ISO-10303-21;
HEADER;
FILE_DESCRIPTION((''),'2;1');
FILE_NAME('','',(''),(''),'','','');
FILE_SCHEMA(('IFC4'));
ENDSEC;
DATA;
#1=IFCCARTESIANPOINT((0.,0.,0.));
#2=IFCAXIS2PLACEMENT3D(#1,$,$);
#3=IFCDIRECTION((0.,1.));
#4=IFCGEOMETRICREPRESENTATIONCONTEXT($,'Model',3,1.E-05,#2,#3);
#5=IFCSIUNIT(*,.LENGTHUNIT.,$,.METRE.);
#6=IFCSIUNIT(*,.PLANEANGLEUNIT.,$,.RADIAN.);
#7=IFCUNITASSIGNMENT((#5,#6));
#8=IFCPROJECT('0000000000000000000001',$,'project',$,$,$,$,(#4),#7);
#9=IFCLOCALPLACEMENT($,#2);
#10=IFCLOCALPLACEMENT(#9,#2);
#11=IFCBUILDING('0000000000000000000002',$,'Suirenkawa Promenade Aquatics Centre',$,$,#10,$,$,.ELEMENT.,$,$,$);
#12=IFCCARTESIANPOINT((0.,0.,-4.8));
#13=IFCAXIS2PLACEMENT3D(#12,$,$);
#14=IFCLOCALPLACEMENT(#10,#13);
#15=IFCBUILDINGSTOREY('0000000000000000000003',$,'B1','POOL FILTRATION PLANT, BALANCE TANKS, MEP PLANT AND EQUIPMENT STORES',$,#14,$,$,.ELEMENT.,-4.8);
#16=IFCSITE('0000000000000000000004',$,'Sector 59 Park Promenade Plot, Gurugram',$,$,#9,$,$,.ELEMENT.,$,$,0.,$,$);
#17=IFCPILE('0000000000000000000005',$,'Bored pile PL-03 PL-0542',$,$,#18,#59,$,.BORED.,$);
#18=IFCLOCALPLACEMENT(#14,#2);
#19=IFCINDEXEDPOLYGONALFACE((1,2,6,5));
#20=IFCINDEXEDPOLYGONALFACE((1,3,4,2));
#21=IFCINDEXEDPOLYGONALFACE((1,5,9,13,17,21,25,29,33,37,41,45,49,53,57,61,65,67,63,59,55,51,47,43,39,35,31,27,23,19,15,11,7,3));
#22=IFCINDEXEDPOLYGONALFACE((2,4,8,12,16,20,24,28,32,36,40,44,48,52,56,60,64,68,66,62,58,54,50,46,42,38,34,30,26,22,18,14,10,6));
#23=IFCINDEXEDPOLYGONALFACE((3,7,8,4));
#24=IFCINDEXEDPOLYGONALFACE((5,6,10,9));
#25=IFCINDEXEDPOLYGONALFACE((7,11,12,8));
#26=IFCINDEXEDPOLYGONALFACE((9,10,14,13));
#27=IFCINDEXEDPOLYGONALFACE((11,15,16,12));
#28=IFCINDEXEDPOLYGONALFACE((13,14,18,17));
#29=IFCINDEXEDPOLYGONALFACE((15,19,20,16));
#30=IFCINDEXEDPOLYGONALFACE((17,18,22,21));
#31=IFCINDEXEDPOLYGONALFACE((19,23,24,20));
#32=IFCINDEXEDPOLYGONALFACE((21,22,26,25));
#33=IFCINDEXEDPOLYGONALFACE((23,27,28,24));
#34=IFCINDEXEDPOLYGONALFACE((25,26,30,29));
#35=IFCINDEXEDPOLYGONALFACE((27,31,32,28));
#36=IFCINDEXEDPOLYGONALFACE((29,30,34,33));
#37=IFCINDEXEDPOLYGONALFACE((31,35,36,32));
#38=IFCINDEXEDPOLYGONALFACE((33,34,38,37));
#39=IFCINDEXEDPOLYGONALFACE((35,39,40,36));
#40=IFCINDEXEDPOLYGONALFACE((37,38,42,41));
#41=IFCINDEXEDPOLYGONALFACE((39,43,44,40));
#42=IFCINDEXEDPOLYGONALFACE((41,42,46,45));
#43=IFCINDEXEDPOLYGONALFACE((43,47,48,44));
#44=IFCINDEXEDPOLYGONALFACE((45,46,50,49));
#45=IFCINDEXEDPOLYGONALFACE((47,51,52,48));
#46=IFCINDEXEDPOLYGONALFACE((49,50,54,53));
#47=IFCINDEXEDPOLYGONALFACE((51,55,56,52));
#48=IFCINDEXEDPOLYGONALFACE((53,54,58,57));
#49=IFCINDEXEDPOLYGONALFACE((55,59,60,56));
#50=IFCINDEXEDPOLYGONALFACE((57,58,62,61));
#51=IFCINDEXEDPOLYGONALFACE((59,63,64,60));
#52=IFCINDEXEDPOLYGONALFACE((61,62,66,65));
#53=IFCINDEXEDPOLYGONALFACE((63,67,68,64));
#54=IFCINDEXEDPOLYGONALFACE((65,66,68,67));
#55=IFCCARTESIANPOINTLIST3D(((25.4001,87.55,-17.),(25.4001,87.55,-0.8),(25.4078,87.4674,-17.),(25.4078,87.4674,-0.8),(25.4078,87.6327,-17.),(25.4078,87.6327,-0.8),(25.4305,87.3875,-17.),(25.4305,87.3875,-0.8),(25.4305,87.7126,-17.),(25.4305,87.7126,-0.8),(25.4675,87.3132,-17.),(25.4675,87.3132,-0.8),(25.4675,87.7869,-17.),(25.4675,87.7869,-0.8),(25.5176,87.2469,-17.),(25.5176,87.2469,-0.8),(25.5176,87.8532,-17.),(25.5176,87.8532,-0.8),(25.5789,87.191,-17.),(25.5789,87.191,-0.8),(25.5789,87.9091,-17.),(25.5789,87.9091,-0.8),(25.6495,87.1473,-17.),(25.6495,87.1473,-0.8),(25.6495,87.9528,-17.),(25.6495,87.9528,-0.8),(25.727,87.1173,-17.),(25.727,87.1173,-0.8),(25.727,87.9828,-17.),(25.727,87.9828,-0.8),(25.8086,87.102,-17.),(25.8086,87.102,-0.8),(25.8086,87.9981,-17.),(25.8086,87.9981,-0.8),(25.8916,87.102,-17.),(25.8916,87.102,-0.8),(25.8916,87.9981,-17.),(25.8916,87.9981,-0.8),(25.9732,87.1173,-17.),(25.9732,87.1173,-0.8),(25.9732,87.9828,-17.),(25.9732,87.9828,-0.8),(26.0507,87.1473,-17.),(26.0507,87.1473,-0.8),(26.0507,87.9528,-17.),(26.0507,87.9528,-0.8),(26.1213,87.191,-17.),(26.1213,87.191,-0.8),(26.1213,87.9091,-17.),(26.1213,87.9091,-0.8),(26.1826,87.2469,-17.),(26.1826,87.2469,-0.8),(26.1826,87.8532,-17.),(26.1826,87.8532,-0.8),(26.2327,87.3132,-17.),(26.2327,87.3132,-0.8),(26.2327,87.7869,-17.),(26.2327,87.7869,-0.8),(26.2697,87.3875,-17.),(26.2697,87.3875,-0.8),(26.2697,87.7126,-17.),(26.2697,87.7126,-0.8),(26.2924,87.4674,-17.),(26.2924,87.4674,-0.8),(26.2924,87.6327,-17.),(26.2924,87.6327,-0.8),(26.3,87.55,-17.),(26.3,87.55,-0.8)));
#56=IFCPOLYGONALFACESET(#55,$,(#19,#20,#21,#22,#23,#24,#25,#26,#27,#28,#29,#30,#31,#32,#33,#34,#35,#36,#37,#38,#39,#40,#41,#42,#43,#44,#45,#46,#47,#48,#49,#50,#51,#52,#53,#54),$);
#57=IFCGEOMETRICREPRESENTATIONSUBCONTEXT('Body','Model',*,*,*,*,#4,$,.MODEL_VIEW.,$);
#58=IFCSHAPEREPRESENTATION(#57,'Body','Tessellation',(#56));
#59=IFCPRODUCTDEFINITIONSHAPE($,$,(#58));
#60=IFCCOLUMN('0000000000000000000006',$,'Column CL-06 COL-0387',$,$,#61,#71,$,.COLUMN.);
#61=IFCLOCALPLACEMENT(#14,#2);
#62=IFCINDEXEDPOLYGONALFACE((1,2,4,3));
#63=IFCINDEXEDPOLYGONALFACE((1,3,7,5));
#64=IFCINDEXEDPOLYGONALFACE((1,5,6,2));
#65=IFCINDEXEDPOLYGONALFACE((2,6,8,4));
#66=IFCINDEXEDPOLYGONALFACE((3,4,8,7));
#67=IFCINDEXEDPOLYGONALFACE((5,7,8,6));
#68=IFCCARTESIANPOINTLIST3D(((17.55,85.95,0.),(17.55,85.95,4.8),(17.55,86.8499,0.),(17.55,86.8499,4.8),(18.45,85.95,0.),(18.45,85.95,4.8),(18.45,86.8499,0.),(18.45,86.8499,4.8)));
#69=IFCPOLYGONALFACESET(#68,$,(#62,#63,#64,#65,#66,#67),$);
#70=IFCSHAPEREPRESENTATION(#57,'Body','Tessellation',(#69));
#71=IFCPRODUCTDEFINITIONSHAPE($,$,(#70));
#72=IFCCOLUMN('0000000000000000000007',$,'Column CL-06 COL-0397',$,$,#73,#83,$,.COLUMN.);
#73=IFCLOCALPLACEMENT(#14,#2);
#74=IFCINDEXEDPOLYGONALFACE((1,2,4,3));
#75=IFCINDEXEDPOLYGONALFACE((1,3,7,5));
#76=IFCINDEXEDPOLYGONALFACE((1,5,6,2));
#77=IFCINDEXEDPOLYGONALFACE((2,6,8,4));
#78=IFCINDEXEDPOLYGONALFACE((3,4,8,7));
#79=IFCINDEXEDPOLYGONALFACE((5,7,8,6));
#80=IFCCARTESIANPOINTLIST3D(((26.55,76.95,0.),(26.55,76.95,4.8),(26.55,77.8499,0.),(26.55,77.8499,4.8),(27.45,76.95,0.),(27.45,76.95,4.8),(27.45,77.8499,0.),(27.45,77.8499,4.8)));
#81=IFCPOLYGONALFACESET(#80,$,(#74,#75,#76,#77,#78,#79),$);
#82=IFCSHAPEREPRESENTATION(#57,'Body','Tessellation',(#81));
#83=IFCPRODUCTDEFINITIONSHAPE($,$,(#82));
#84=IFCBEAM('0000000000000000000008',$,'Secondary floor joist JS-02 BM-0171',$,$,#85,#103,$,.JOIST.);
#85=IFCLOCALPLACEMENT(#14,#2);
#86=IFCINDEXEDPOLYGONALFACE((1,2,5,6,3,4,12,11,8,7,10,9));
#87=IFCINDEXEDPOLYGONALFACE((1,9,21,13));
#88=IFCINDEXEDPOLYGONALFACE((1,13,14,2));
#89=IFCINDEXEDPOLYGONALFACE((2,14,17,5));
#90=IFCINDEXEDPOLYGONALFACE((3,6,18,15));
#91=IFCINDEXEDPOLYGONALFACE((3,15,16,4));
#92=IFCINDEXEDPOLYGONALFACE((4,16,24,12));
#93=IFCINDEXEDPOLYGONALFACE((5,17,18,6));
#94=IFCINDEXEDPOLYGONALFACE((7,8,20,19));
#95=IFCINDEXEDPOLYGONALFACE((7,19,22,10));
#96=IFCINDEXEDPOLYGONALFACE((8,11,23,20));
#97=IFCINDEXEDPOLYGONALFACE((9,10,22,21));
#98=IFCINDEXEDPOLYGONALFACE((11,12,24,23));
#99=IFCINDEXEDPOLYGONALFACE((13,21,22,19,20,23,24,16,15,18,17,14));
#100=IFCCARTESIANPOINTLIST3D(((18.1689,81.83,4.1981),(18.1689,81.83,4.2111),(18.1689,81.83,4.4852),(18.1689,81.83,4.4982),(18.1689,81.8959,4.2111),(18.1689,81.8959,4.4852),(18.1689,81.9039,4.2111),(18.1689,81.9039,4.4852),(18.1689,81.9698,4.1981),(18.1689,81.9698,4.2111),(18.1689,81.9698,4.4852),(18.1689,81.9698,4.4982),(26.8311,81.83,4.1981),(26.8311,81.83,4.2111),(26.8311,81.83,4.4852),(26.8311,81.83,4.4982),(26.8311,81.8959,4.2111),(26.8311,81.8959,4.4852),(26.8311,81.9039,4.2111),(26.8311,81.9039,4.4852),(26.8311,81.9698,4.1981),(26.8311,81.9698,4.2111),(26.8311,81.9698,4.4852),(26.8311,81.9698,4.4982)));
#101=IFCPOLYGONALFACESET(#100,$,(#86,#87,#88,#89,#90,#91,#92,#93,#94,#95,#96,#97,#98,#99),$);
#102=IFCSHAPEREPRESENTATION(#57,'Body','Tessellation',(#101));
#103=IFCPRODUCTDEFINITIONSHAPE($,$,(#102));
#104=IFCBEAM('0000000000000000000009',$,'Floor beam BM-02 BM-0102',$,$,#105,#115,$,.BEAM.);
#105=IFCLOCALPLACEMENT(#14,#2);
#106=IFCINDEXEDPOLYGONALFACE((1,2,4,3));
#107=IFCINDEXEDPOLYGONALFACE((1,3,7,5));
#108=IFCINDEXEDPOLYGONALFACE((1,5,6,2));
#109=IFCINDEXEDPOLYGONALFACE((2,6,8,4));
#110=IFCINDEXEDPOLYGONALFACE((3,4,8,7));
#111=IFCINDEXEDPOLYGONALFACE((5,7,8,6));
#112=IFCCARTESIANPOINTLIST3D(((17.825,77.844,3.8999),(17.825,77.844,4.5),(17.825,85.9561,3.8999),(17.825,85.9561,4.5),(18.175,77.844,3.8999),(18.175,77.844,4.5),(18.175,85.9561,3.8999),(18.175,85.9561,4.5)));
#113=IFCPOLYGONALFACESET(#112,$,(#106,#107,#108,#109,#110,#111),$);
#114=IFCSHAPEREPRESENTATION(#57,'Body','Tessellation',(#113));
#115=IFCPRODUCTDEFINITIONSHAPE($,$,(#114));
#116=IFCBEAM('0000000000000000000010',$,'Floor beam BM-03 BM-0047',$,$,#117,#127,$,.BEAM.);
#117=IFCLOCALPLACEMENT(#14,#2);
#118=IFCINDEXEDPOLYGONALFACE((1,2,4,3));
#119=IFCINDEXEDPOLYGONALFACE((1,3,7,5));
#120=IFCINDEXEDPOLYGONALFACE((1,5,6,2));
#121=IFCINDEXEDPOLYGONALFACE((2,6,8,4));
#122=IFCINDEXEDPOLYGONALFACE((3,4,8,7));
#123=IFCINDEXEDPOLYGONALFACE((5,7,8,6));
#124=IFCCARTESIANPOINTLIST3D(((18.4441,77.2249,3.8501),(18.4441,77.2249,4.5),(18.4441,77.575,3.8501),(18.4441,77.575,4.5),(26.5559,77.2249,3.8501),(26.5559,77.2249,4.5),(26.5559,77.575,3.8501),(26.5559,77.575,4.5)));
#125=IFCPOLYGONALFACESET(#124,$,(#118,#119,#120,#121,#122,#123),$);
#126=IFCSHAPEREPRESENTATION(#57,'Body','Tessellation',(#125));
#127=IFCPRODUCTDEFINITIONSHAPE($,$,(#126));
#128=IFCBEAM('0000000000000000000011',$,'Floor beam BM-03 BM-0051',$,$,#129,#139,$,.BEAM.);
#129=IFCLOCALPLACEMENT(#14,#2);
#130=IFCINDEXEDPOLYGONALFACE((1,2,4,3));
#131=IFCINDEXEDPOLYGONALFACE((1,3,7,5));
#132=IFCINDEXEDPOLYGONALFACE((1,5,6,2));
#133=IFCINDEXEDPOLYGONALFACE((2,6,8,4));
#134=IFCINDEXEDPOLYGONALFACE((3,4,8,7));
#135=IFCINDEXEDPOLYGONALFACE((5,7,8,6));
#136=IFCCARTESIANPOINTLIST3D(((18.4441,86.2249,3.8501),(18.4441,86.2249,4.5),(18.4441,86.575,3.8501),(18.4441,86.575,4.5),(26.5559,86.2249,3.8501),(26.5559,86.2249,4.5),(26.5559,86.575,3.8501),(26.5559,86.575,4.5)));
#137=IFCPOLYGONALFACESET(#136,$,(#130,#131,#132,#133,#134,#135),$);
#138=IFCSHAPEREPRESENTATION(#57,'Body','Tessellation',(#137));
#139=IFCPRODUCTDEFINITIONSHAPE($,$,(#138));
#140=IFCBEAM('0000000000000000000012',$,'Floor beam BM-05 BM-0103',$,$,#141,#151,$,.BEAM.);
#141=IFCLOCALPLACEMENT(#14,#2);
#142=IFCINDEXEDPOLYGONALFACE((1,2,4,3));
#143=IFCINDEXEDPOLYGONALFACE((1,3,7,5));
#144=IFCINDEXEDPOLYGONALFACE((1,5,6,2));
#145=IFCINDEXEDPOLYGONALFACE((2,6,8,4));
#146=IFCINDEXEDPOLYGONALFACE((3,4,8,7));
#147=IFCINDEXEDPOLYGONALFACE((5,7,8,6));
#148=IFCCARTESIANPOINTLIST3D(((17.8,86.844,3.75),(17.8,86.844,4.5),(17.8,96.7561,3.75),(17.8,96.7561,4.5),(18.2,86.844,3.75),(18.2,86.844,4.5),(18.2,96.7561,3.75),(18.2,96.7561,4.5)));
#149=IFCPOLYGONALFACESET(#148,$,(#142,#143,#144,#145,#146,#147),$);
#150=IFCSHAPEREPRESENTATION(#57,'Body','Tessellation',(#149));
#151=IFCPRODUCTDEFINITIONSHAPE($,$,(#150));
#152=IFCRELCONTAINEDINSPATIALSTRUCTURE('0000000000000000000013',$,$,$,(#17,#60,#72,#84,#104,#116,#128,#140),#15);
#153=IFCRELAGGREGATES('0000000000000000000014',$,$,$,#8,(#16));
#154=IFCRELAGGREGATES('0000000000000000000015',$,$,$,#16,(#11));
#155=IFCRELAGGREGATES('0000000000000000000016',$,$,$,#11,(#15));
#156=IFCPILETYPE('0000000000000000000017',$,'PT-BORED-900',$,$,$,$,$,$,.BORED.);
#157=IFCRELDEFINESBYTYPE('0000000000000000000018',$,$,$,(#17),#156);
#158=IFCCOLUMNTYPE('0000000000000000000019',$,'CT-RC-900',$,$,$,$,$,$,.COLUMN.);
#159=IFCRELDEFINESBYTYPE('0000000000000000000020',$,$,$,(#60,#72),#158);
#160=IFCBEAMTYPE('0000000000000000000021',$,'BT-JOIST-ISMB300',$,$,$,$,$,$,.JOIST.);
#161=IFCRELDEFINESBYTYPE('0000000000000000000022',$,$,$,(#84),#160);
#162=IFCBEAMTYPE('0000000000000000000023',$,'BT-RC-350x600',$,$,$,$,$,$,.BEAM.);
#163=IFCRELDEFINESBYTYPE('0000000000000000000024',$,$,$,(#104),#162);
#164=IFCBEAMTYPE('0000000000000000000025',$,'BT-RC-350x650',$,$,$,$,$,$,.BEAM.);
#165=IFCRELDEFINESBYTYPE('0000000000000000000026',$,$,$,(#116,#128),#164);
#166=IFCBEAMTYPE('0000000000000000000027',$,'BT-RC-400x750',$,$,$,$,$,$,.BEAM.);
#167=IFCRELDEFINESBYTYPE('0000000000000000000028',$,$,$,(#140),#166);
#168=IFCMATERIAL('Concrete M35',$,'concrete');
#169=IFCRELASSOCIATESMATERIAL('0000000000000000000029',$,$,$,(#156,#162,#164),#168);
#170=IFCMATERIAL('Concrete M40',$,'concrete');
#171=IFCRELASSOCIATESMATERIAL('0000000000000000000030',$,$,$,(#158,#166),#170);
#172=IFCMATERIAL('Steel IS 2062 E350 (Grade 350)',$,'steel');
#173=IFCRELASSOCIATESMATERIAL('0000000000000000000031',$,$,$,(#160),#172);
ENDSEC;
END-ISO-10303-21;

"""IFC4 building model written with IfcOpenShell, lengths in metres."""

from ifc_helpers import new_model, si_unit, direction, frame, origin, origin_2d, place, context, subcontext, project, spatial, rectangle, circle, i_section, extrude, material, material_profile, profile_set, type_object, element, save


model = new_model("IFC4")

# Units and contexts
model_context = context("Model", 3, precision=1e-05, world=origin(), true_north=direction((0.0, 1.0)))
body_context = subcontext(model_context, "Body", "Model", "MODEL_VIEW")
ifc_project = project(units=[si_unit("LENGTHUNIT", "METRE"), si_unit("PLANEANGLEUNIT", "RADIAN")], contexts=[model_context])

# Site, building, storey
site_placement = place(None, origin())
site = spatial("IfcSite", under=ifc_project, at=site_placement, Name="Sector 59 Park Promenade Plot, Gurugram", CompositionType="ELEMENT", RefElevation=0.0)
building_placement = place(site_placement, origin())
building = spatial("IfcBuilding", under=site, at=building_placement, Name="Suirenkawa Promenade Aquatics Centre", CompositionType="ELEMENT")
storey_placement = place(building_placement, frame((0.0, 0.0, -4.8)))
storey = spatial("IfcBuildingStorey", under=building, at=storey_placement, Name="B1", Description="POOL FILTRATION PLANT, BALANCE TANKS, MEP PLANT AND EQUIPMENT STORES", CompositionType="ELEMENT", Elevation=-4.8)

# Shared definitions
ifc_material_1 = material(Name="Concrete M35", Category="concrete")

# Pile
ifc_material_profile_1 = material_profile(ifc_material_1, circle(Radius=0.45, at=origin_2d()), Name="PILE D900", Category="concrete")
ifc_profile_set_1 = profile_set([ifc_material_profile_1], Name="Concrete M35")
pile_type = type_object("IfcPileType", Name="PT-BORED-900", PredefinedType="BORED", material=ifc_profile_set_1)
for number, where, z_axis, x_axis, name in (
    (1, (25.8501, 87.55, -0.8), (0.0, 0.0, -1.0), (1.0, 0.0, 0.0), "Bored pile PL-03 PL-0542"),
):
    element("IfcPile", number, at=place(storey_placement, frame(where, z_axis=z_axis, x_axis=x_axis)), inside=storey, type_object=pile_type, Name=name, PredefinedType="BORED", context=body_context, shape_type="SweptSolid", body=[
        extrude(circle(Radius=0.45, at=origin_2d()), origin(), (0.0, 0.0, 1.0), 16.2),
    ])

# Columns
ifc_material_2 = material(Name="Concrete M40", Category="concrete")
ifc_material_profile_2 = material_profile(ifc_material_2, rectangle(XDim=0.8999, YDim=0.8999, at=origin_2d()), Name="RC COL 900x900", Category="concrete")
ifc_profile_set_2 = profile_set([ifc_material_profile_2], Name="Concrete M40")
column_type = type_object("IfcColumnType", Name="CT-RC-900", PredefinedType="COLUMN", material=ifc_profile_set_2)
for number, where, z_axis, x_axis, name in (
    (2, (18.0, 86.3999, 0.0), (0.0, 0.0, 1.0), (1.0, 0.0, 0.0), "Column CL-06 COL-0387"),
    (3, (27.0, 77.3999, 0.0), (0.0, 0.0, 1.0), (1.0, 0.0, 0.0), "Column CL-06 COL-0397"),
):
    element("IfcColumn", number, at=place(storey_placement, frame(where, z_axis=z_axis, x_axis=x_axis)), inside=storey, type_object=column_type, Name=name, PredefinedType="COLUMN", context=body_context, shape_type="SweptSolid", body=[
        extrude(rectangle(XDim=0.8999, YDim=0.8999, at=origin_2d()), origin(), (0.0, 0.0, 1.0), 4.8),
    ])

# Beams
ifc_material_3 = material(Name="Steel IS 2062 E350 (Grade 350)", Category="steel")
ifc_material_profile_3 = material_profile(ifc_material_3, i_section(OverallWidth=0.1399, OverallDepth=0.3, WebThickness=0.0081, FlangeThickness=0.0129, at=origin_2d()), Name="ISMB 300", Category="steel")
ifc_profile_set_3 = profile_set([ifc_material_profile_3], Name="Steel IS 2062 E350 (Grade 350)")
beam_type_1 = type_object("IfcBeamType", Name="BT-JOIST-ISMB300", PredefinedType="JOIST", material=ifc_profile_set_3)
beam_1_placement = place(storey_placement, frame((18.1689, 81.8999, 4.3481), z_axis=(1.0, 0.0, 0.0), x_axis=(0.0, 1.0, 0.0)))
element("IfcBeam", 4, at=beam_1_placement, inside=storey, type_object=beam_type_1, Name="Secondary floor joist JS-02 BM-0171", PredefinedType="JOIST", context=body_context, shape_type="SweptSolid", body=[
    extrude(i_section(OverallWidth=0.1399, OverallDepth=0.3, WebThickness=0.0081, FlangeThickness=0.0129, at=origin_2d()), origin(), (0.0, 0.0, 1.0), 8.6621),
])
ifc_material_profile_4 = material_profile(ifc_material_1, rectangle(XDim=0.3501, YDim=0.6001, at=origin_2d()), Name="RC BM 350x600", Category="concrete")
ifc_profile_set_4 = profile_set([ifc_material_profile_4], Name="Concrete M35")
beam_type_2 = type_object("IfcBeamType", Name="BT-RC-350x600", PredefinedType="BEAM", material=ifc_profile_set_4)
beam_2_placement = place(storey_placement, frame((18.0, 77.844, 4.2), z_axis=(0.0, 1.0, 0.0), x_axis=(-1.0, 0.0, 0.0)))
element("IfcBeam", 5, at=beam_2_placement, inside=storey, type_object=beam_type_2, Name="Floor beam BM-02 BM-0102", PredefinedType="BEAM", context=body_context, shape_type="SweptSolid", body=[
    extrude(rectangle(XDim=0.3501, YDim=0.6001, at=origin_2d()), origin(), (0.0, 0.0, 1.0), 8.1121),
])
ifc_material_profile_5 = material_profile(ifc_material_1, rectangle(XDim=0.3501, YDim=0.6499, at=origin_2d()), Name="RC BM 350x650", Category="concrete")
ifc_profile_set_5 = profile_set([ifc_material_profile_5], Name="Concrete M35")
beam_type_3 = type_object("IfcBeamType", Name="BT-RC-350x650", PredefinedType="BEAM", material=ifc_profile_set_5)
for number, where, z_axis, x_axis, name in (
    (6, (18.4441, 77.3999, 4.175), (1.0, 0.0, 0.0), (0.0, 1.0, 0.0), "Floor beam BM-03 BM-0047"),
    (7, (18.4441, 86.3999, 4.175), (1.0, 0.0, 0.0), (0.0, 1.0, 0.0), "Floor beam BM-03 BM-0051"),
):
    element("IfcBeam", number, at=place(storey_placement, frame(where, z_axis=z_axis, x_axis=x_axis)), inside=storey, type_object=beam_type_3, Name=name, PredefinedType="BEAM", context=body_context, shape_type="SweptSolid", body=[
        extrude(rectangle(XDim=0.3501, YDim=0.6499, at=origin_2d()), origin(), (0.0, 0.0, 1.0), 8.1118),
    ])
ifc_material_profile_6 = material_profile(ifc_material_2, rectangle(XDim=0.3999, YDim=0.75, at=origin_2d()), Name="RC BM 400x750", Category="concrete")
ifc_profile_set_6 = profile_set([ifc_material_profile_6], Name="Concrete M40")
beam_type_4 = type_object("IfcBeamType", Name="BT-RC-400x750", PredefinedType="BEAM", material=ifc_profile_set_6)
beam_3_placement = place(storey_placement, frame((18.0, 86.844, 4.125), z_axis=(0.0, 1.0, 0.0), x_axis=(-1.0, 0.0, 0.0)))
element("IfcBeam", 8, at=beam_3_placement, inside=storey, type_object=beam_type_4, Name="Floor beam BM-05 BM-0103", PredefinedType="BEAM", context=body_context, shape_type="SweptSolid", body=[
    extrude(rectangle(XDim=0.3999, YDim=0.75, at=origin_2d()), origin(), (0.0, 0.0, 1.0), 9.9121),
])

save(model, "model.ifc")
